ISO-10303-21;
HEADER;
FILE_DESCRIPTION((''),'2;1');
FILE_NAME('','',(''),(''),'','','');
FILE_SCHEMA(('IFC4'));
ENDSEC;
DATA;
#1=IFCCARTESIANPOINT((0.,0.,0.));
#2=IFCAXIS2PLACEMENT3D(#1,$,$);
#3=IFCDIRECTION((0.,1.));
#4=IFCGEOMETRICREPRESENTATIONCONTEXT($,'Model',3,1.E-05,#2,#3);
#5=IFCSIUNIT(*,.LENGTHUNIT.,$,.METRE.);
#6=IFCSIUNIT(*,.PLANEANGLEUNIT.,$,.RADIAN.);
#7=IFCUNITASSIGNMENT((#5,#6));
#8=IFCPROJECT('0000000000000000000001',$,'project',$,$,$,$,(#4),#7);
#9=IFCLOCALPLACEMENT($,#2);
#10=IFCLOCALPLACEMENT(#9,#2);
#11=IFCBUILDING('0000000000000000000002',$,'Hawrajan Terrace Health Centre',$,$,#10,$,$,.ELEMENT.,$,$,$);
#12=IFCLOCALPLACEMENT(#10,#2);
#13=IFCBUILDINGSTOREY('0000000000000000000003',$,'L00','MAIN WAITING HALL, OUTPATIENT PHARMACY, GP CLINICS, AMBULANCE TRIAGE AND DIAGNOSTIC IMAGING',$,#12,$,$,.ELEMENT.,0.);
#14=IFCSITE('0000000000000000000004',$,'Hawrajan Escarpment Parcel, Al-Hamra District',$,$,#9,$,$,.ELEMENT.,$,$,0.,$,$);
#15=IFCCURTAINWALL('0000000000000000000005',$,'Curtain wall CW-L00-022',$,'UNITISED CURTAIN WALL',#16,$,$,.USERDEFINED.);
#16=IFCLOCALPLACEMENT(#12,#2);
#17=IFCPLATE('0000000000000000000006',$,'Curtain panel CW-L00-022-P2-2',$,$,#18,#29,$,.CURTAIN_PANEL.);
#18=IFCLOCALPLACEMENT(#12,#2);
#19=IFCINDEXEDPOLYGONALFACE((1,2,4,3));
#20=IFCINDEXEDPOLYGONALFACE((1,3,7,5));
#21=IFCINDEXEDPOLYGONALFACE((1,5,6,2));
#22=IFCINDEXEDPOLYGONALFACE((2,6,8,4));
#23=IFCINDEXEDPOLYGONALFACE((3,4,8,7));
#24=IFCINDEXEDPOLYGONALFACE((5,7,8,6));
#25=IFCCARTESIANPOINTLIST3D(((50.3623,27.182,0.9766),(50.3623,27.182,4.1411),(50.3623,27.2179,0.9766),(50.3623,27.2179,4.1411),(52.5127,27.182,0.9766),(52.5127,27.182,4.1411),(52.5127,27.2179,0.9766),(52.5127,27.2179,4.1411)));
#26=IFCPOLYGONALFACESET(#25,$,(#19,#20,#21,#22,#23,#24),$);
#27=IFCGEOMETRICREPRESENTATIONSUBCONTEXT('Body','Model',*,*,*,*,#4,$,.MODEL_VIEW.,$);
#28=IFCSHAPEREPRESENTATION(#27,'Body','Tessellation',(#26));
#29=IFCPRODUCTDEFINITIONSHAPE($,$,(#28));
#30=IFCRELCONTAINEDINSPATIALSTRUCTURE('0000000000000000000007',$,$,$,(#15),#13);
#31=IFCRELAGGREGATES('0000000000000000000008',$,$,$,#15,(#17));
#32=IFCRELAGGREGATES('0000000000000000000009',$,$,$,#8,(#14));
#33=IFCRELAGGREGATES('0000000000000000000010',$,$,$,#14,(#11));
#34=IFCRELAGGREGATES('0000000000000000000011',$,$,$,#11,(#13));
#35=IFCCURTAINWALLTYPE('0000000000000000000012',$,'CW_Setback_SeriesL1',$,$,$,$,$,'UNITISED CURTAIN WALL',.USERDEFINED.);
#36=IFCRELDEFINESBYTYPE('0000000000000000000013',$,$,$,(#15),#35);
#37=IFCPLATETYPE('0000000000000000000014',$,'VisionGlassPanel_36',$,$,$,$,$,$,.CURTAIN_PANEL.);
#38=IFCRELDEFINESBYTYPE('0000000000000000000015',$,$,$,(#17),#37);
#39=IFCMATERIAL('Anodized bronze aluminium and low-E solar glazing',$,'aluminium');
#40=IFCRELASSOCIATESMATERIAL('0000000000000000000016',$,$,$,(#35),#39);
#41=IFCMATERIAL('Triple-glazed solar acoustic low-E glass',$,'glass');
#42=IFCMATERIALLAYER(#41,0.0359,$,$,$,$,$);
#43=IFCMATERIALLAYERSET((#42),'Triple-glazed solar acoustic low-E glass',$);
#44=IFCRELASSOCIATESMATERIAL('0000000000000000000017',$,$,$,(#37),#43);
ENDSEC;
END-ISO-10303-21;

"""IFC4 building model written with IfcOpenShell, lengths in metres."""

from ifc_helpers import new_model, si_unit, direction, frame, origin, origin_2d, place, context, subcontext, project, spatial, rectangle, extrude, material, layer, layer_set, type_object, element, aggregate, save


model = new_model("IFC4")

# Units and contexts
model_context = context("Model", 3, precision=1e-05, world=origin(), true_north=direction((0.0, 1.0)))
body_context = subcontext(model_context, "Body", "Model", "MODEL_VIEW")
ifc_project = project(units=[si_unit("LENGTHUNIT", "METRE"), si_unit("PLANEANGLEUNIT", "RADIAN")], contexts=[model_context])

# Site, building, storey
site_placement = place(None, origin())
site = spatial("IfcSite", under=ifc_project, at=site_placement, Name="Hawrajan Escarpment Parcel, Al-Hamra District", CompositionType="ELEMENT", RefElevation=0.0)
building_placement = place(site_placement, origin())
building = spatial("IfcBuilding", under=site, at=building_placement, Name="Hawrajan Terrace Health Centre", CompositionType="ELEMENT")
storey_placement = place(building_placement, origin())
storey = spatial("IfcBuildingStorey", under=building, at=storey_placement, Name="L00", Description="MAIN WAITING HALL, OUTPATIENT PHARMACY, GP CLINICS, AMBULANCE TRIAGE AND DIAGNOSTIC IMAGING", CompositionType="ELEMENT", Elevation=0.0)

# Shared definitions
ifc_material_1 = material(Name="Anodized bronze aluminium and low-E solar glazing", Category="aluminium")

# Curtain wall
curtain_wall_type_1 = type_object("IfcCurtainWallType", Name="CW_Setback_SeriesL1", ElementType="UNITISED CURTAIN WALL", PredefinedType="USERDEFINED", material=ifc_material_1)
curtain_wall_1_placement = place(storey_placement, origin())
curtain_wall_1 = element("IfcCurtainWall", 1, at=curtain_wall_1_placement, inside=storey, type_object=curtain_wall_type_1, Name="Curtain wall CW-L00-022", ObjectType="UNITISED CURTAIN WALL", PredefinedType="USERDEFINED")

# Plate
ifc_material_2 = material(Name="Triple-glazed solar acoustic low-E glass", Category="glass")
ifc_layer_1 = layer(ifc_material_2, 0.0359)
ifc_layer_set_1 = layer_set([ifc_layer_1], Name="Triple-glazed solar acoustic low-E glass")
plate_type_1 = type_object("IfcPlateType", Name="VisionGlassPanel_36", PredefinedType="CURTAIN_PANEL", material=ifc_layer_set_1)
plate_1_placement = place(storey_placement, frame((51.4375, 27.2, 0.9766), z_axis=(0.0, 0.0, 1.0), x_axis=(1.0, 0.0, 0.0)))
plate_1 = element("IfcPlate", 2, at=plate_1_placement, type_object=plate_type_1, Name="Curtain panel CW-L00-022-P2-2", PredefinedType="CURTAIN_PANEL", context=body_context, shape_type="SweptSolid", body=[
    extrude(rectangle(XDim=2.1504, YDim=0.0359, at=origin_2d()), origin(), (0.0, 0.0, 1.0), 3.1646),
])
aggregate(curtain_wall_1, [plate_1])

save(model, "model.ifc")
